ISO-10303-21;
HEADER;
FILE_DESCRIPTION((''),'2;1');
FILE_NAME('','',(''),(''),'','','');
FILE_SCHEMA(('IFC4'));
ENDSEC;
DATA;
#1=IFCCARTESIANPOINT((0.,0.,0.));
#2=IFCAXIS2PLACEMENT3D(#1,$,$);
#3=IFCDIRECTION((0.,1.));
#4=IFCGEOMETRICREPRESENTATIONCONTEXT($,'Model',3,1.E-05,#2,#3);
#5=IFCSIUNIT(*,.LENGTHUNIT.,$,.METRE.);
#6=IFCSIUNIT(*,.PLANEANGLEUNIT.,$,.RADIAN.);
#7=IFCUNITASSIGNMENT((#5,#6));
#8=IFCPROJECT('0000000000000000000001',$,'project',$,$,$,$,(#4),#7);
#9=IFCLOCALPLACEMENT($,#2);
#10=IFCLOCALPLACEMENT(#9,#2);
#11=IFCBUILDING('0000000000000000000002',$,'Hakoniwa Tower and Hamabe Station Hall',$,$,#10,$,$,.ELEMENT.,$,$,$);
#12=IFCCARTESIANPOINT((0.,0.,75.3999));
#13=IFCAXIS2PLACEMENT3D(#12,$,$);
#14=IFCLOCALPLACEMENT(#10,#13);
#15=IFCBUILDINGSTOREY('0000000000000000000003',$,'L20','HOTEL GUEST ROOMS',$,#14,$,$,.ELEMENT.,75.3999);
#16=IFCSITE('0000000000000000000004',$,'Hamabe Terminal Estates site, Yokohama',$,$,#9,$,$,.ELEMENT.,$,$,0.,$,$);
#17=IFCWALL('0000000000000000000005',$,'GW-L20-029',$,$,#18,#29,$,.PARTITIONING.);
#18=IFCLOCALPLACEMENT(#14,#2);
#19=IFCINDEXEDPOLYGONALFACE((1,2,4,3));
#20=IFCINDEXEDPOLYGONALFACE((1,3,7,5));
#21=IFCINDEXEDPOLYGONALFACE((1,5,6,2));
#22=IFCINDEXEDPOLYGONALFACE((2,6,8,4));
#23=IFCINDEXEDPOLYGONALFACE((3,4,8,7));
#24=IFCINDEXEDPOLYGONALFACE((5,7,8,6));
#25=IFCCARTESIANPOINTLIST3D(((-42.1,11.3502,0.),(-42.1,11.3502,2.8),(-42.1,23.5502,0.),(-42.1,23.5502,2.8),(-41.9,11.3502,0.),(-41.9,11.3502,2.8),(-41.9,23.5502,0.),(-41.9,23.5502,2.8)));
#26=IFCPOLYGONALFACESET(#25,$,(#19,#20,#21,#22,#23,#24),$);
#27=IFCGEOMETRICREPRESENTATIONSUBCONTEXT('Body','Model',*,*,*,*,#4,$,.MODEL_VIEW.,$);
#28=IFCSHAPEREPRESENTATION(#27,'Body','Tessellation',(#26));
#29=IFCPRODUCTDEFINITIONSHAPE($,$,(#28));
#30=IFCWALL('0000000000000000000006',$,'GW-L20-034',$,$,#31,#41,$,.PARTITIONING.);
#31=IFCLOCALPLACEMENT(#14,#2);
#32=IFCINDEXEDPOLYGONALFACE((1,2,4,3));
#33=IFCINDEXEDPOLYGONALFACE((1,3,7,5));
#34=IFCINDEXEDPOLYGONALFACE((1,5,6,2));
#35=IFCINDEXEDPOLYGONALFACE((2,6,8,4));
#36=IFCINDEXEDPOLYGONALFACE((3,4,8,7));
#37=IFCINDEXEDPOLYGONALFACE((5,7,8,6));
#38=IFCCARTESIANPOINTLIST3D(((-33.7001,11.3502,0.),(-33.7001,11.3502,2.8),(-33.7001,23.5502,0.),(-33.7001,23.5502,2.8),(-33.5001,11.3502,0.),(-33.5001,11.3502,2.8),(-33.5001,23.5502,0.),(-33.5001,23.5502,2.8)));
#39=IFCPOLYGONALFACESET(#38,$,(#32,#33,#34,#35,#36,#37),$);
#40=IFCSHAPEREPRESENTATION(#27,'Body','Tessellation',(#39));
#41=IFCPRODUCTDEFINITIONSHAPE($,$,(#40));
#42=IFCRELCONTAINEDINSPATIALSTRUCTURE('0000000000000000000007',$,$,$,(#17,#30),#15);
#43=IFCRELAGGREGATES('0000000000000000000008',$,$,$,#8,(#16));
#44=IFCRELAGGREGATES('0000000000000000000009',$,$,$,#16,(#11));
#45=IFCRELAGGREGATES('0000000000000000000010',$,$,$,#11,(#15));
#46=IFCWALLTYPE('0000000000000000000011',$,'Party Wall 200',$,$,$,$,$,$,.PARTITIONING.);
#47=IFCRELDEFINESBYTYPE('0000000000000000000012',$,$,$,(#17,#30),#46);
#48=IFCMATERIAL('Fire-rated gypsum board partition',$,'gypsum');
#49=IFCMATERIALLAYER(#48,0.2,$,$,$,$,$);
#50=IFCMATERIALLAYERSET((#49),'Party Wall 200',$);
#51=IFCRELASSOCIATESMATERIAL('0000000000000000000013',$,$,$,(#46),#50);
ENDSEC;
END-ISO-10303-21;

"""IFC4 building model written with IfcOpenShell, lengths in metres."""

from ifc_helpers import new_model, si_unit, direction, frame, frame_2d, origin, place, context, subcontext, project, spatial, rectangle, extrude, material, layer, layer_set, type_object, element, save


model = new_model("IFC4")

# Units and contexts
model_context = context("Model", 3, precision=1e-05, world=origin(), true_north=direction((0.0, 1.0)))
body_context = subcontext(model_context, "Body", "Model", "MODEL_VIEW")
ifc_project = project(units=[si_unit("LENGTHUNIT", "METRE"), si_unit("PLANEANGLEUNIT", "RADIAN")], contexts=[model_context])

# Site, building, storey
site_placement = place(None, origin())
site = spatial("IfcSite", under=ifc_project, at=site_placement, Name="Hamabe Terminal Estates site, Yokohama", CompositionType="ELEMENT", RefElevation=0.0)
building_placement = place(site_placement, origin())
building = spatial("IfcBuilding", under=site, at=building_placement, Name="Hakoniwa Tower and Hamabe Station Hall", CompositionType="ELEMENT")
storey_placement = place(building_placement, frame((0.0, 0.0, 75.3999)))
storey = spatial("IfcBuildingStorey", under=building, at=storey_placement, Name="L20", Description="HOTEL GUEST ROOMS", CompositionType="ELEMENT", Elevation=75.3999)

# Walls
ifc_material_1 = material(Name="Fire-rated gypsum board partition", Category="gypsum")
ifc_layer_1 = layer(ifc_material_1, 0.2)
ifc_layer_set_1 = layer_set([ifc_layer_1], Name="Party Wall 200")
wall_type_1 = type_object("IfcWallType", Name="Party Wall 200", PredefinedType="PARTITIONING", material=ifc_layer_set_1)
for number, where, z_axis, x_axis, name in (
    (1, (-42.0, 11.3501, 0.0), (0.0, 0.0, 1.0), (0.0, 1.0, 0.0), "GW-L20-029"),
    (2, (-33.6001, 11.3501, 0.0), (0.0, 0.0, 1.0), (0.0, 1.0, 0.0), "GW-L20-034"),
):
    element("IfcWall", number, at=place(storey_placement, frame(where, z_axis=z_axis, x_axis=x_axis)), inside=storey, type_object=wall_type_1, Name=name, PredefinedType="PARTITIONING", context=body_context, shape_type="SweptSolid", body=[
        extrude(rectangle(XDim=12.2, YDim=0.2, at=frame_2d((6.1001, 0.0))), origin(), (0.0, 0.0, 1.0), 2.8),
    ])

save(model, "model.ifc")
